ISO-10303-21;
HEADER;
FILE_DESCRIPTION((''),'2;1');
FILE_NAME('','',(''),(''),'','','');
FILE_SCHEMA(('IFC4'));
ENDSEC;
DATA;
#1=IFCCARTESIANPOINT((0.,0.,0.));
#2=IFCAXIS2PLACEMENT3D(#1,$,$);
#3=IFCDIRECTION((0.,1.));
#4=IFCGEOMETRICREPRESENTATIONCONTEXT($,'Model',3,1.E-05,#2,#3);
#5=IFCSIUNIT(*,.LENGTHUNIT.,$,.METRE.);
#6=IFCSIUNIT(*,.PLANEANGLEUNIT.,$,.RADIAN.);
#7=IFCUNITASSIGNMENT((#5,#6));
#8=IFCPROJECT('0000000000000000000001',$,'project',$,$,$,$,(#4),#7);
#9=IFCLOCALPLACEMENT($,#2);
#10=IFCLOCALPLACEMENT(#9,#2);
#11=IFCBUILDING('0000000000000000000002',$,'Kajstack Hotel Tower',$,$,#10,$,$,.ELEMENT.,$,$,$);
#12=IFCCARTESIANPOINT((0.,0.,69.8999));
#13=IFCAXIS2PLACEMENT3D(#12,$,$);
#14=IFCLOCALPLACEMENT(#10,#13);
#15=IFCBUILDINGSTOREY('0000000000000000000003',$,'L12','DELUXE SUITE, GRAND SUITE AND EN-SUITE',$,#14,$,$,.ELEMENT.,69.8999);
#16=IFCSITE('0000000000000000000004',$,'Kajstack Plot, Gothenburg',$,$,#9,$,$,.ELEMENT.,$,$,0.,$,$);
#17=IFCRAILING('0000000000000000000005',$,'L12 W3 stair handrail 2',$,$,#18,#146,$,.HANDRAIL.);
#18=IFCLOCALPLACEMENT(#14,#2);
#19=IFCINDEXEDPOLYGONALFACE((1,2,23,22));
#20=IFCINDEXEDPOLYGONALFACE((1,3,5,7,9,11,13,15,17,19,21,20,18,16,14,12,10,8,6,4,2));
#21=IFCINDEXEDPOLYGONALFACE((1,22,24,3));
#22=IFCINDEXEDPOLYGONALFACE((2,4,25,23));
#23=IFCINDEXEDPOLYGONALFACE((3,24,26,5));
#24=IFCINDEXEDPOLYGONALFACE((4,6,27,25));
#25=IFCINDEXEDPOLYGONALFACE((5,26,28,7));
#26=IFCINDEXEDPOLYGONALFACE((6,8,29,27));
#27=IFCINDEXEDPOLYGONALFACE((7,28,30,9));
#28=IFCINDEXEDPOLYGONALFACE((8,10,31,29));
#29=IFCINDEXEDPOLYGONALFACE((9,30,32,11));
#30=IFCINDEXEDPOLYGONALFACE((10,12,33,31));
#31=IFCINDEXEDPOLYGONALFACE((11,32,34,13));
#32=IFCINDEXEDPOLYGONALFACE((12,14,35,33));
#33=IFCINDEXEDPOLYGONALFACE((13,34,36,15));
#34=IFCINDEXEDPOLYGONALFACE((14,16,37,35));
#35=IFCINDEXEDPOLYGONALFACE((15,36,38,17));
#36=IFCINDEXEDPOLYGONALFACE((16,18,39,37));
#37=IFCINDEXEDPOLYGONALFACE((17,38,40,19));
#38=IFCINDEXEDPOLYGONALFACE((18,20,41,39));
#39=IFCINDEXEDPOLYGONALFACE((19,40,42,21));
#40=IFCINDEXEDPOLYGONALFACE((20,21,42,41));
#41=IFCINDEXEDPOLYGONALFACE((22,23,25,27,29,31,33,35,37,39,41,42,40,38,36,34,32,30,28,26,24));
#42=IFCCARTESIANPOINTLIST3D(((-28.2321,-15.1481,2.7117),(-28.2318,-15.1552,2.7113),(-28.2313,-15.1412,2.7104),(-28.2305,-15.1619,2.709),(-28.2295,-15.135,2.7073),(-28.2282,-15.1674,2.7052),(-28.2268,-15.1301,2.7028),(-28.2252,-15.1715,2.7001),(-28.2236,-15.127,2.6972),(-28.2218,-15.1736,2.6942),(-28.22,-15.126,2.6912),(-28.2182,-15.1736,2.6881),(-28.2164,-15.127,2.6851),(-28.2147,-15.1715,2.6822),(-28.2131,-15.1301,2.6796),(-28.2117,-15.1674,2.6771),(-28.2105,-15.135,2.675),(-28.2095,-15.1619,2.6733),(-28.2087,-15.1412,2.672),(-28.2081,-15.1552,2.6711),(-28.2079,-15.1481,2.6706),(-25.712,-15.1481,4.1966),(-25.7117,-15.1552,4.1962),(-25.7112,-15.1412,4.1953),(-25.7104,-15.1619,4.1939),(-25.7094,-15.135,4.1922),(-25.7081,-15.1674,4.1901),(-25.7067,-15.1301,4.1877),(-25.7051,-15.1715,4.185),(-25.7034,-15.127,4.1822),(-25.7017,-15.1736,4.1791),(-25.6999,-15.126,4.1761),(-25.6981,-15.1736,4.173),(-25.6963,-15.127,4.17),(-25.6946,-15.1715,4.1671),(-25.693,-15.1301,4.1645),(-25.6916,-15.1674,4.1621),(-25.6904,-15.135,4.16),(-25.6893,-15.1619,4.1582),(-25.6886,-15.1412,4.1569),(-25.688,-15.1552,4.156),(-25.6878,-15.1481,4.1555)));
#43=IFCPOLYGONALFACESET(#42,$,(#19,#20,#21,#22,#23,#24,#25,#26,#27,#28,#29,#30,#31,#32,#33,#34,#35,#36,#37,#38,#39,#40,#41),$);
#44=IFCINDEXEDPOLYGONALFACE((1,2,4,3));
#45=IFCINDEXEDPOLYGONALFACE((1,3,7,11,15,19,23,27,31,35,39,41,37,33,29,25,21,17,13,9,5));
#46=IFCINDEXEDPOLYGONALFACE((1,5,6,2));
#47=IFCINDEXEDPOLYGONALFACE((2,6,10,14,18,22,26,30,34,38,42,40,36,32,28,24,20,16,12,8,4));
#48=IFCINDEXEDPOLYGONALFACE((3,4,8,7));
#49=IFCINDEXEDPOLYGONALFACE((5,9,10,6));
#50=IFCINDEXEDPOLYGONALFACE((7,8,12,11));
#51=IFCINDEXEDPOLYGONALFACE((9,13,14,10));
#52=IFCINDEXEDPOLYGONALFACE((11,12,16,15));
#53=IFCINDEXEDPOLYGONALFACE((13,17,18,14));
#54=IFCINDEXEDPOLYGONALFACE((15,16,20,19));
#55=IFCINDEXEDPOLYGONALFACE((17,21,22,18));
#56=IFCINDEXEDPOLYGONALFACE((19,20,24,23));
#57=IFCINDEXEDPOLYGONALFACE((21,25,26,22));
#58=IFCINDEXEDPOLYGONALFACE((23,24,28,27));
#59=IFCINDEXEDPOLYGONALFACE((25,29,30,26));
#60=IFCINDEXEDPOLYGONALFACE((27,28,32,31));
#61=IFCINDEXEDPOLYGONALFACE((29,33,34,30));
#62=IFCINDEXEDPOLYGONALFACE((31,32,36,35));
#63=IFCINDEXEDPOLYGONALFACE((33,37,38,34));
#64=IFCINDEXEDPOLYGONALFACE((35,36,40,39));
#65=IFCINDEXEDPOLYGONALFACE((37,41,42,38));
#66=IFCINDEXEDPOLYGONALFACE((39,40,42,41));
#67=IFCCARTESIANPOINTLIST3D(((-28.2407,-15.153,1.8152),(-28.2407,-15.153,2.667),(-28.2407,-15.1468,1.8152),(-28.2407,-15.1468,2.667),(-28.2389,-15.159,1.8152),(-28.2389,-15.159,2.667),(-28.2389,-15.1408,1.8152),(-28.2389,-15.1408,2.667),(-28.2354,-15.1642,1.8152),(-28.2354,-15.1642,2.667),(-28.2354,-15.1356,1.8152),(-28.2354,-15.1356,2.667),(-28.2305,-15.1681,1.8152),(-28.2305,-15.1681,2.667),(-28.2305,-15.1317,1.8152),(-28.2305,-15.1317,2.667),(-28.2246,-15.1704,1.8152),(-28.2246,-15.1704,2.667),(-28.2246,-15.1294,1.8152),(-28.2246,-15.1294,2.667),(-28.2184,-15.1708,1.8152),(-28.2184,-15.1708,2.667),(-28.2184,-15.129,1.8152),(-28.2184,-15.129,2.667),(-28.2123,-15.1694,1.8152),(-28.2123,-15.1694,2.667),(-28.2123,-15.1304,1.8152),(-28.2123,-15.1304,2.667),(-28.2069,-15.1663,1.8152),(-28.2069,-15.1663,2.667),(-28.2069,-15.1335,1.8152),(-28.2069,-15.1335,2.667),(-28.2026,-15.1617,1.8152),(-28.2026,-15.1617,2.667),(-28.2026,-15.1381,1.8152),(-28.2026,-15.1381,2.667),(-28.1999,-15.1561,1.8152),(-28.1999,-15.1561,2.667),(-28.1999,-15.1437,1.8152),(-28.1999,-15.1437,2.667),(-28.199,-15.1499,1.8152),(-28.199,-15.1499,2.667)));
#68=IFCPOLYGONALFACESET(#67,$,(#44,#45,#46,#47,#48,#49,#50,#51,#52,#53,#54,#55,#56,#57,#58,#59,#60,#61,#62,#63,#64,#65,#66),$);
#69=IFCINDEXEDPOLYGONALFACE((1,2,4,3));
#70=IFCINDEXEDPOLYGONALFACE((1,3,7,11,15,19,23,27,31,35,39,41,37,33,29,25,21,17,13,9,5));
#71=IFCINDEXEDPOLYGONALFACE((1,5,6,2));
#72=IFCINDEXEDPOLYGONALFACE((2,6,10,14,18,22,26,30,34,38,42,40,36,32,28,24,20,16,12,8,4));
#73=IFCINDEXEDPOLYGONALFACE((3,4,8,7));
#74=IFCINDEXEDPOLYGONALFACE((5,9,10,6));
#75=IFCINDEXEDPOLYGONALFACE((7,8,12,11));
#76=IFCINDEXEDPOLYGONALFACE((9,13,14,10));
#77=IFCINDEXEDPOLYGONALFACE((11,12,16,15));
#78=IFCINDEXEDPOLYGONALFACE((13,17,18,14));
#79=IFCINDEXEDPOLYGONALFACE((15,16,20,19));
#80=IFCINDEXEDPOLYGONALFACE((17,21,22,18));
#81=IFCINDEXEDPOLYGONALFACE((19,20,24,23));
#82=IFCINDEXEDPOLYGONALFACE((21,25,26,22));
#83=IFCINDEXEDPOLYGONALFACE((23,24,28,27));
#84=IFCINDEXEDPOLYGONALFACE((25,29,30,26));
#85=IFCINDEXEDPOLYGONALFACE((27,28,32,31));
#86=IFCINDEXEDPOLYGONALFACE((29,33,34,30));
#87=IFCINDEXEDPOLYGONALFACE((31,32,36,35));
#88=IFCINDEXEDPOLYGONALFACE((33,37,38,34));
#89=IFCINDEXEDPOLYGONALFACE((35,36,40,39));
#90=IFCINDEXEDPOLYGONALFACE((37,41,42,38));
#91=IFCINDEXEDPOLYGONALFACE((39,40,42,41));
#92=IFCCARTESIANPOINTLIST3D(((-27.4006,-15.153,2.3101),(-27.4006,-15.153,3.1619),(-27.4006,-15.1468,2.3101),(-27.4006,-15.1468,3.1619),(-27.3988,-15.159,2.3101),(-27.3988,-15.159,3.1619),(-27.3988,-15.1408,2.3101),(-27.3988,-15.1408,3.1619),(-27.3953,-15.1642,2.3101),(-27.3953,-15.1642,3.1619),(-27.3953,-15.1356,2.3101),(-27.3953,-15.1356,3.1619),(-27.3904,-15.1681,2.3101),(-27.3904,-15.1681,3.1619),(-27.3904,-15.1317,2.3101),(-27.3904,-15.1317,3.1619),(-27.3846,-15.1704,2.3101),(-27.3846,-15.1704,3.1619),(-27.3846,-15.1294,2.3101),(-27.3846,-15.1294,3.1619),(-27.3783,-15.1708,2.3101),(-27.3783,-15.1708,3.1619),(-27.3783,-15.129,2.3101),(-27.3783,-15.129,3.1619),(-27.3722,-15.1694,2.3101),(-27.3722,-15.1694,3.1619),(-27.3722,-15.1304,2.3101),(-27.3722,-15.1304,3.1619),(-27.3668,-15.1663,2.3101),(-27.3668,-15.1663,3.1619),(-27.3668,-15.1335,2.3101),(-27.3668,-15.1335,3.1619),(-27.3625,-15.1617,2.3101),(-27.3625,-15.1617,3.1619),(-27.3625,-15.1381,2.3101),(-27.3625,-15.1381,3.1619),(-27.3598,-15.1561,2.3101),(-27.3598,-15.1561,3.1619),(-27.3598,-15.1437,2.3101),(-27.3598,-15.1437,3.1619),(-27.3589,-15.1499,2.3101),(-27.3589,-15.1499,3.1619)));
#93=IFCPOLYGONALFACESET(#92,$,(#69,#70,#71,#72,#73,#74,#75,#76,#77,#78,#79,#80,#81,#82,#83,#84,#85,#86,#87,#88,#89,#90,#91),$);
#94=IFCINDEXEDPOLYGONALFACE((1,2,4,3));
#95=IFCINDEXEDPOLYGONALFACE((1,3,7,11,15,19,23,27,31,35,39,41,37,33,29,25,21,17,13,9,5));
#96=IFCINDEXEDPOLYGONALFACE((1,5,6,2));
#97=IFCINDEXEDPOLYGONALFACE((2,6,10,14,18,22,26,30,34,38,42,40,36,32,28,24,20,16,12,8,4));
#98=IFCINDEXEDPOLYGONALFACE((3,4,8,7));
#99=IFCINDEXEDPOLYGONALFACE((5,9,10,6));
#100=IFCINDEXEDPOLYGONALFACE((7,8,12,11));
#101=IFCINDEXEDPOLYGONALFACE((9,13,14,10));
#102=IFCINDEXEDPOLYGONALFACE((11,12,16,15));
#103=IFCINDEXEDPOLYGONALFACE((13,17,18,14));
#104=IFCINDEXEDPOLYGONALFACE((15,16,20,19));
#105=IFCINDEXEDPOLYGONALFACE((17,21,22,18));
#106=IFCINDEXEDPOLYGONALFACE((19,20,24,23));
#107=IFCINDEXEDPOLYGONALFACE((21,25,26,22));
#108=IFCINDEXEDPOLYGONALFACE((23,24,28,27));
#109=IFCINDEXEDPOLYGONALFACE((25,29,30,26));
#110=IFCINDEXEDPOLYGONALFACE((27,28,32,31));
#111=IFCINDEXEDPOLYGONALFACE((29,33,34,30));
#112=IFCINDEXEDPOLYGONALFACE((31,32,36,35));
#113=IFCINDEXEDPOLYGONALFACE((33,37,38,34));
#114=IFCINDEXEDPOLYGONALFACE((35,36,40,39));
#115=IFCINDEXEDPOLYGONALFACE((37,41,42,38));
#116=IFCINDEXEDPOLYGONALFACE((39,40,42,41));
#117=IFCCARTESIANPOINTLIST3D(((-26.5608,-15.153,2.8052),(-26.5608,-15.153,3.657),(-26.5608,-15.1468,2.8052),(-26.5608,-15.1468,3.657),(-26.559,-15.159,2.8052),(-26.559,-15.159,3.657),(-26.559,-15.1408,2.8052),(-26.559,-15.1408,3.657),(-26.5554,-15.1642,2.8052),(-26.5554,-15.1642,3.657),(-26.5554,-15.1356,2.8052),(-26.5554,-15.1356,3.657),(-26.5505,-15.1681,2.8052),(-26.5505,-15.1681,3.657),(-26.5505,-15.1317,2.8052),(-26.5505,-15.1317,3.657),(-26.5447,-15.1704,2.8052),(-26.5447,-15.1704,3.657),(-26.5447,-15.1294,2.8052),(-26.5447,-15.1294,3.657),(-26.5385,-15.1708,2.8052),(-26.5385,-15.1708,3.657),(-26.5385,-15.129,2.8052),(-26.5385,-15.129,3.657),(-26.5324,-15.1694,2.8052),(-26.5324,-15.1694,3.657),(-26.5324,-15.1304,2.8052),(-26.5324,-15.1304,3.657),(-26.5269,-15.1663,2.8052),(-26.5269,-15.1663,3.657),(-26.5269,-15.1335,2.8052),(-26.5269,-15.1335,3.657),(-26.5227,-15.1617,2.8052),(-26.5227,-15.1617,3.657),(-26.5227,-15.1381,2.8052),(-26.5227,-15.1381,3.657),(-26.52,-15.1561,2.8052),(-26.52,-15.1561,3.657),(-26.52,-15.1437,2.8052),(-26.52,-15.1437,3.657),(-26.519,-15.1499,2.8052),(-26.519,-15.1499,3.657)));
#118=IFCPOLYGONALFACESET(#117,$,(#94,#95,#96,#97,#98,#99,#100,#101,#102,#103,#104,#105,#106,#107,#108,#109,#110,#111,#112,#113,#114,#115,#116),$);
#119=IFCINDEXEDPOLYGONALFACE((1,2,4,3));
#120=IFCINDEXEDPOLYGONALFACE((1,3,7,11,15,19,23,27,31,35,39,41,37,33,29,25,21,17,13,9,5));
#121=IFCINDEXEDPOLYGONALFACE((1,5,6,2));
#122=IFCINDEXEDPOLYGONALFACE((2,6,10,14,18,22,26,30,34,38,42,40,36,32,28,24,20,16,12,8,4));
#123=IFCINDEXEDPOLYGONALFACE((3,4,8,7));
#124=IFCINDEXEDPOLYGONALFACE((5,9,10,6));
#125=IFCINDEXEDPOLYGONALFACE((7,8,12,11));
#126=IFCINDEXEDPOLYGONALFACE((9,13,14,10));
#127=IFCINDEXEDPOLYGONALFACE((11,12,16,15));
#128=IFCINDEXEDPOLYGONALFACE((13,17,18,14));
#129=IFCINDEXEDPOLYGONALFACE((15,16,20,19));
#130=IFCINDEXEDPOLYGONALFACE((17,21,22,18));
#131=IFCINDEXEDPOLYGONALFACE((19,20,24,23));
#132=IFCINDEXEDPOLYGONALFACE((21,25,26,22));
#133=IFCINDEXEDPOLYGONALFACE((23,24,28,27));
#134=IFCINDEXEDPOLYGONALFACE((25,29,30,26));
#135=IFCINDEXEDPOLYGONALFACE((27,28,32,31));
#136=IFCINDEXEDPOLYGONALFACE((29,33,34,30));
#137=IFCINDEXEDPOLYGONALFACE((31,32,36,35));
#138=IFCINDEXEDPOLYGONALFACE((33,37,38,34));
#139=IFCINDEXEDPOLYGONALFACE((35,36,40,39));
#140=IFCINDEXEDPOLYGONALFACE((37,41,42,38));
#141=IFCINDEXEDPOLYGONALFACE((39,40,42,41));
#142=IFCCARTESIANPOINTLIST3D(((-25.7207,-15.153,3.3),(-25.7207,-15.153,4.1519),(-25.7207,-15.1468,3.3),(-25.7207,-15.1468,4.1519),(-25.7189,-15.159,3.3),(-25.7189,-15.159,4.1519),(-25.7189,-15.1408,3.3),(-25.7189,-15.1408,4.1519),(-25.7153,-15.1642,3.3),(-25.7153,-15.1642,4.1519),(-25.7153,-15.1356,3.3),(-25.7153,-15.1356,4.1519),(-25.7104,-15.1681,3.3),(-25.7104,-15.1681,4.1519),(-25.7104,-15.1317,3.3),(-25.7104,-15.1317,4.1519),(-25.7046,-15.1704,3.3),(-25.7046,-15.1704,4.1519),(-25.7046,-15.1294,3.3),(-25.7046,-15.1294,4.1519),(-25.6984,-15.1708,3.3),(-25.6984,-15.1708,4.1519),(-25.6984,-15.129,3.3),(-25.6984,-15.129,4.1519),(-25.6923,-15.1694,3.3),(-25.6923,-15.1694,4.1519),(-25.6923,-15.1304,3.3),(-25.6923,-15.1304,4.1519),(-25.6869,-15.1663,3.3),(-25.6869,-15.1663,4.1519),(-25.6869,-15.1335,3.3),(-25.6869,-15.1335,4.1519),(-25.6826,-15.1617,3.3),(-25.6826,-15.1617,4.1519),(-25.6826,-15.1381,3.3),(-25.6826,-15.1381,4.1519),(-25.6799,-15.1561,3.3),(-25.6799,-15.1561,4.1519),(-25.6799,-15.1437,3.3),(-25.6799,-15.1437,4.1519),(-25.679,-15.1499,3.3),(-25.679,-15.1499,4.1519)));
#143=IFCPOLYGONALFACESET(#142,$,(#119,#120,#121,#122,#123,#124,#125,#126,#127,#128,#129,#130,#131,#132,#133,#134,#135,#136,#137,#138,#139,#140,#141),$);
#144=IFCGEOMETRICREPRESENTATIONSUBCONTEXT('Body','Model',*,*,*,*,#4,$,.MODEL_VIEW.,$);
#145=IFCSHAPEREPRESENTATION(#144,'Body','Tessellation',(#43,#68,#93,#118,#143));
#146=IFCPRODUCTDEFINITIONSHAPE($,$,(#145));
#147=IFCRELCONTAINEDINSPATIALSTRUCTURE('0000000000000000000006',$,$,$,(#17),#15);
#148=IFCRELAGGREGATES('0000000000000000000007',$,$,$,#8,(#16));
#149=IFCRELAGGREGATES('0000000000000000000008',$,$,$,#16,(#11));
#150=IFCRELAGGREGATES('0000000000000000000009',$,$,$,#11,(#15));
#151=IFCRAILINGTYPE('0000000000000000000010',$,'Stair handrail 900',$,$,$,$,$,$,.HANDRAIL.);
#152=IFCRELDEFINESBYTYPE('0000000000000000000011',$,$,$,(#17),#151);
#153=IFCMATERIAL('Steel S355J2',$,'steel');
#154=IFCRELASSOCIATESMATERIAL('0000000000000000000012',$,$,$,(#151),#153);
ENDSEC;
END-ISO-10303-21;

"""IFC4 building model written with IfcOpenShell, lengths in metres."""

from ifc_helpers import new_model, si_unit, direction, frame, origin, origin_2d, place, context, subcontext, project, spatial, circle, extrude, material, type_object, element, save


model = new_model("IFC4")

# Units and contexts
model_context = context("Model", 3, precision=1e-05, world=origin(), true_north=direction((0.0, 1.0)))
body_context = subcontext(model_context, "Body", "Model", "MODEL_VIEW")
ifc_project = project(units=[si_unit("LENGTHUNIT", "METRE"), si_unit("PLANEANGLEUNIT", "RADIAN")], contexts=[model_context])

# Site, building, storey
site_placement = place(None, origin())
site = spatial("IfcSite", under=ifc_project, at=site_placement, Name="Kajstack Plot, Gothenburg", CompositionType="ELEMENT", RefElevation=0.0)
building_placement = place(site_placement, origin())
building = spatial("IfcBuilding", under=site, at=building_placement, Name="Kajstack Hotel Tower", CompositionType="ELEMENT")
storey_placement = place(building_placement, frame((0.0, 0.0, 69.8999)))
storey = spatial("IfcBuildingStorey", under=building, at=storey_placement, Name="L12", Description="DELUXE SUITE, GRAND SUITE AND EN-SUITE", CompositionType="ELEMENT", Elevation=69.8999)

# Railing
ifc_material_1 = material(Name="Steel S355J2", Category="steel")
railing_type = type_object("IfcRailingType", Name="Stair handrail 900", PredefinedType="HANDRAIL", material=ifc_material_1)
railing_1_placement = place(storey_placement, frame((-28.22, -15.1499, 1.8152)))
element("IfcRailing", 1, at=railing_1_placement, inside=storey, type_object=railing_type, Name="L12 W3 stair handrail 2", PredefinedType="HANDRAIL", context=body_context, shape_type="SweptSolid", body=[
    extrude(circle(Radius=0.0239, at=origin_2d()), frame((0.0, 0.0, 0.876), z_axis=(0.861561, 0.0, 0.507655), x_axis=(0.0, 1.0, 0.0)), (0.0, 0.0, 1.0), 2.925),
    extrude(circle(Radius=0.021, at=origin_2d()), origin(), (0.0, 0.0, 1.0), 0.8518),
    extrude(circle(Radius=0.021, at=origin_2d()), frame((0.8401, 0.0, 0.4949)), (0.0, 0.0, 1.0), 0.8518),
    extrude(circle(Radius=0.021, at=origin_2d()), frame((1.6799, 0.0, 0.99)), (0.0, 0.0, 1.0), 0.8518),
    extrude(circle(Radius=0.021, at=origin_2d()), frame((2.52, 0.0, 1.4849)), (0.0, 0.0, 1.0), 0.8518),
])

save(model, "model.ifc")
